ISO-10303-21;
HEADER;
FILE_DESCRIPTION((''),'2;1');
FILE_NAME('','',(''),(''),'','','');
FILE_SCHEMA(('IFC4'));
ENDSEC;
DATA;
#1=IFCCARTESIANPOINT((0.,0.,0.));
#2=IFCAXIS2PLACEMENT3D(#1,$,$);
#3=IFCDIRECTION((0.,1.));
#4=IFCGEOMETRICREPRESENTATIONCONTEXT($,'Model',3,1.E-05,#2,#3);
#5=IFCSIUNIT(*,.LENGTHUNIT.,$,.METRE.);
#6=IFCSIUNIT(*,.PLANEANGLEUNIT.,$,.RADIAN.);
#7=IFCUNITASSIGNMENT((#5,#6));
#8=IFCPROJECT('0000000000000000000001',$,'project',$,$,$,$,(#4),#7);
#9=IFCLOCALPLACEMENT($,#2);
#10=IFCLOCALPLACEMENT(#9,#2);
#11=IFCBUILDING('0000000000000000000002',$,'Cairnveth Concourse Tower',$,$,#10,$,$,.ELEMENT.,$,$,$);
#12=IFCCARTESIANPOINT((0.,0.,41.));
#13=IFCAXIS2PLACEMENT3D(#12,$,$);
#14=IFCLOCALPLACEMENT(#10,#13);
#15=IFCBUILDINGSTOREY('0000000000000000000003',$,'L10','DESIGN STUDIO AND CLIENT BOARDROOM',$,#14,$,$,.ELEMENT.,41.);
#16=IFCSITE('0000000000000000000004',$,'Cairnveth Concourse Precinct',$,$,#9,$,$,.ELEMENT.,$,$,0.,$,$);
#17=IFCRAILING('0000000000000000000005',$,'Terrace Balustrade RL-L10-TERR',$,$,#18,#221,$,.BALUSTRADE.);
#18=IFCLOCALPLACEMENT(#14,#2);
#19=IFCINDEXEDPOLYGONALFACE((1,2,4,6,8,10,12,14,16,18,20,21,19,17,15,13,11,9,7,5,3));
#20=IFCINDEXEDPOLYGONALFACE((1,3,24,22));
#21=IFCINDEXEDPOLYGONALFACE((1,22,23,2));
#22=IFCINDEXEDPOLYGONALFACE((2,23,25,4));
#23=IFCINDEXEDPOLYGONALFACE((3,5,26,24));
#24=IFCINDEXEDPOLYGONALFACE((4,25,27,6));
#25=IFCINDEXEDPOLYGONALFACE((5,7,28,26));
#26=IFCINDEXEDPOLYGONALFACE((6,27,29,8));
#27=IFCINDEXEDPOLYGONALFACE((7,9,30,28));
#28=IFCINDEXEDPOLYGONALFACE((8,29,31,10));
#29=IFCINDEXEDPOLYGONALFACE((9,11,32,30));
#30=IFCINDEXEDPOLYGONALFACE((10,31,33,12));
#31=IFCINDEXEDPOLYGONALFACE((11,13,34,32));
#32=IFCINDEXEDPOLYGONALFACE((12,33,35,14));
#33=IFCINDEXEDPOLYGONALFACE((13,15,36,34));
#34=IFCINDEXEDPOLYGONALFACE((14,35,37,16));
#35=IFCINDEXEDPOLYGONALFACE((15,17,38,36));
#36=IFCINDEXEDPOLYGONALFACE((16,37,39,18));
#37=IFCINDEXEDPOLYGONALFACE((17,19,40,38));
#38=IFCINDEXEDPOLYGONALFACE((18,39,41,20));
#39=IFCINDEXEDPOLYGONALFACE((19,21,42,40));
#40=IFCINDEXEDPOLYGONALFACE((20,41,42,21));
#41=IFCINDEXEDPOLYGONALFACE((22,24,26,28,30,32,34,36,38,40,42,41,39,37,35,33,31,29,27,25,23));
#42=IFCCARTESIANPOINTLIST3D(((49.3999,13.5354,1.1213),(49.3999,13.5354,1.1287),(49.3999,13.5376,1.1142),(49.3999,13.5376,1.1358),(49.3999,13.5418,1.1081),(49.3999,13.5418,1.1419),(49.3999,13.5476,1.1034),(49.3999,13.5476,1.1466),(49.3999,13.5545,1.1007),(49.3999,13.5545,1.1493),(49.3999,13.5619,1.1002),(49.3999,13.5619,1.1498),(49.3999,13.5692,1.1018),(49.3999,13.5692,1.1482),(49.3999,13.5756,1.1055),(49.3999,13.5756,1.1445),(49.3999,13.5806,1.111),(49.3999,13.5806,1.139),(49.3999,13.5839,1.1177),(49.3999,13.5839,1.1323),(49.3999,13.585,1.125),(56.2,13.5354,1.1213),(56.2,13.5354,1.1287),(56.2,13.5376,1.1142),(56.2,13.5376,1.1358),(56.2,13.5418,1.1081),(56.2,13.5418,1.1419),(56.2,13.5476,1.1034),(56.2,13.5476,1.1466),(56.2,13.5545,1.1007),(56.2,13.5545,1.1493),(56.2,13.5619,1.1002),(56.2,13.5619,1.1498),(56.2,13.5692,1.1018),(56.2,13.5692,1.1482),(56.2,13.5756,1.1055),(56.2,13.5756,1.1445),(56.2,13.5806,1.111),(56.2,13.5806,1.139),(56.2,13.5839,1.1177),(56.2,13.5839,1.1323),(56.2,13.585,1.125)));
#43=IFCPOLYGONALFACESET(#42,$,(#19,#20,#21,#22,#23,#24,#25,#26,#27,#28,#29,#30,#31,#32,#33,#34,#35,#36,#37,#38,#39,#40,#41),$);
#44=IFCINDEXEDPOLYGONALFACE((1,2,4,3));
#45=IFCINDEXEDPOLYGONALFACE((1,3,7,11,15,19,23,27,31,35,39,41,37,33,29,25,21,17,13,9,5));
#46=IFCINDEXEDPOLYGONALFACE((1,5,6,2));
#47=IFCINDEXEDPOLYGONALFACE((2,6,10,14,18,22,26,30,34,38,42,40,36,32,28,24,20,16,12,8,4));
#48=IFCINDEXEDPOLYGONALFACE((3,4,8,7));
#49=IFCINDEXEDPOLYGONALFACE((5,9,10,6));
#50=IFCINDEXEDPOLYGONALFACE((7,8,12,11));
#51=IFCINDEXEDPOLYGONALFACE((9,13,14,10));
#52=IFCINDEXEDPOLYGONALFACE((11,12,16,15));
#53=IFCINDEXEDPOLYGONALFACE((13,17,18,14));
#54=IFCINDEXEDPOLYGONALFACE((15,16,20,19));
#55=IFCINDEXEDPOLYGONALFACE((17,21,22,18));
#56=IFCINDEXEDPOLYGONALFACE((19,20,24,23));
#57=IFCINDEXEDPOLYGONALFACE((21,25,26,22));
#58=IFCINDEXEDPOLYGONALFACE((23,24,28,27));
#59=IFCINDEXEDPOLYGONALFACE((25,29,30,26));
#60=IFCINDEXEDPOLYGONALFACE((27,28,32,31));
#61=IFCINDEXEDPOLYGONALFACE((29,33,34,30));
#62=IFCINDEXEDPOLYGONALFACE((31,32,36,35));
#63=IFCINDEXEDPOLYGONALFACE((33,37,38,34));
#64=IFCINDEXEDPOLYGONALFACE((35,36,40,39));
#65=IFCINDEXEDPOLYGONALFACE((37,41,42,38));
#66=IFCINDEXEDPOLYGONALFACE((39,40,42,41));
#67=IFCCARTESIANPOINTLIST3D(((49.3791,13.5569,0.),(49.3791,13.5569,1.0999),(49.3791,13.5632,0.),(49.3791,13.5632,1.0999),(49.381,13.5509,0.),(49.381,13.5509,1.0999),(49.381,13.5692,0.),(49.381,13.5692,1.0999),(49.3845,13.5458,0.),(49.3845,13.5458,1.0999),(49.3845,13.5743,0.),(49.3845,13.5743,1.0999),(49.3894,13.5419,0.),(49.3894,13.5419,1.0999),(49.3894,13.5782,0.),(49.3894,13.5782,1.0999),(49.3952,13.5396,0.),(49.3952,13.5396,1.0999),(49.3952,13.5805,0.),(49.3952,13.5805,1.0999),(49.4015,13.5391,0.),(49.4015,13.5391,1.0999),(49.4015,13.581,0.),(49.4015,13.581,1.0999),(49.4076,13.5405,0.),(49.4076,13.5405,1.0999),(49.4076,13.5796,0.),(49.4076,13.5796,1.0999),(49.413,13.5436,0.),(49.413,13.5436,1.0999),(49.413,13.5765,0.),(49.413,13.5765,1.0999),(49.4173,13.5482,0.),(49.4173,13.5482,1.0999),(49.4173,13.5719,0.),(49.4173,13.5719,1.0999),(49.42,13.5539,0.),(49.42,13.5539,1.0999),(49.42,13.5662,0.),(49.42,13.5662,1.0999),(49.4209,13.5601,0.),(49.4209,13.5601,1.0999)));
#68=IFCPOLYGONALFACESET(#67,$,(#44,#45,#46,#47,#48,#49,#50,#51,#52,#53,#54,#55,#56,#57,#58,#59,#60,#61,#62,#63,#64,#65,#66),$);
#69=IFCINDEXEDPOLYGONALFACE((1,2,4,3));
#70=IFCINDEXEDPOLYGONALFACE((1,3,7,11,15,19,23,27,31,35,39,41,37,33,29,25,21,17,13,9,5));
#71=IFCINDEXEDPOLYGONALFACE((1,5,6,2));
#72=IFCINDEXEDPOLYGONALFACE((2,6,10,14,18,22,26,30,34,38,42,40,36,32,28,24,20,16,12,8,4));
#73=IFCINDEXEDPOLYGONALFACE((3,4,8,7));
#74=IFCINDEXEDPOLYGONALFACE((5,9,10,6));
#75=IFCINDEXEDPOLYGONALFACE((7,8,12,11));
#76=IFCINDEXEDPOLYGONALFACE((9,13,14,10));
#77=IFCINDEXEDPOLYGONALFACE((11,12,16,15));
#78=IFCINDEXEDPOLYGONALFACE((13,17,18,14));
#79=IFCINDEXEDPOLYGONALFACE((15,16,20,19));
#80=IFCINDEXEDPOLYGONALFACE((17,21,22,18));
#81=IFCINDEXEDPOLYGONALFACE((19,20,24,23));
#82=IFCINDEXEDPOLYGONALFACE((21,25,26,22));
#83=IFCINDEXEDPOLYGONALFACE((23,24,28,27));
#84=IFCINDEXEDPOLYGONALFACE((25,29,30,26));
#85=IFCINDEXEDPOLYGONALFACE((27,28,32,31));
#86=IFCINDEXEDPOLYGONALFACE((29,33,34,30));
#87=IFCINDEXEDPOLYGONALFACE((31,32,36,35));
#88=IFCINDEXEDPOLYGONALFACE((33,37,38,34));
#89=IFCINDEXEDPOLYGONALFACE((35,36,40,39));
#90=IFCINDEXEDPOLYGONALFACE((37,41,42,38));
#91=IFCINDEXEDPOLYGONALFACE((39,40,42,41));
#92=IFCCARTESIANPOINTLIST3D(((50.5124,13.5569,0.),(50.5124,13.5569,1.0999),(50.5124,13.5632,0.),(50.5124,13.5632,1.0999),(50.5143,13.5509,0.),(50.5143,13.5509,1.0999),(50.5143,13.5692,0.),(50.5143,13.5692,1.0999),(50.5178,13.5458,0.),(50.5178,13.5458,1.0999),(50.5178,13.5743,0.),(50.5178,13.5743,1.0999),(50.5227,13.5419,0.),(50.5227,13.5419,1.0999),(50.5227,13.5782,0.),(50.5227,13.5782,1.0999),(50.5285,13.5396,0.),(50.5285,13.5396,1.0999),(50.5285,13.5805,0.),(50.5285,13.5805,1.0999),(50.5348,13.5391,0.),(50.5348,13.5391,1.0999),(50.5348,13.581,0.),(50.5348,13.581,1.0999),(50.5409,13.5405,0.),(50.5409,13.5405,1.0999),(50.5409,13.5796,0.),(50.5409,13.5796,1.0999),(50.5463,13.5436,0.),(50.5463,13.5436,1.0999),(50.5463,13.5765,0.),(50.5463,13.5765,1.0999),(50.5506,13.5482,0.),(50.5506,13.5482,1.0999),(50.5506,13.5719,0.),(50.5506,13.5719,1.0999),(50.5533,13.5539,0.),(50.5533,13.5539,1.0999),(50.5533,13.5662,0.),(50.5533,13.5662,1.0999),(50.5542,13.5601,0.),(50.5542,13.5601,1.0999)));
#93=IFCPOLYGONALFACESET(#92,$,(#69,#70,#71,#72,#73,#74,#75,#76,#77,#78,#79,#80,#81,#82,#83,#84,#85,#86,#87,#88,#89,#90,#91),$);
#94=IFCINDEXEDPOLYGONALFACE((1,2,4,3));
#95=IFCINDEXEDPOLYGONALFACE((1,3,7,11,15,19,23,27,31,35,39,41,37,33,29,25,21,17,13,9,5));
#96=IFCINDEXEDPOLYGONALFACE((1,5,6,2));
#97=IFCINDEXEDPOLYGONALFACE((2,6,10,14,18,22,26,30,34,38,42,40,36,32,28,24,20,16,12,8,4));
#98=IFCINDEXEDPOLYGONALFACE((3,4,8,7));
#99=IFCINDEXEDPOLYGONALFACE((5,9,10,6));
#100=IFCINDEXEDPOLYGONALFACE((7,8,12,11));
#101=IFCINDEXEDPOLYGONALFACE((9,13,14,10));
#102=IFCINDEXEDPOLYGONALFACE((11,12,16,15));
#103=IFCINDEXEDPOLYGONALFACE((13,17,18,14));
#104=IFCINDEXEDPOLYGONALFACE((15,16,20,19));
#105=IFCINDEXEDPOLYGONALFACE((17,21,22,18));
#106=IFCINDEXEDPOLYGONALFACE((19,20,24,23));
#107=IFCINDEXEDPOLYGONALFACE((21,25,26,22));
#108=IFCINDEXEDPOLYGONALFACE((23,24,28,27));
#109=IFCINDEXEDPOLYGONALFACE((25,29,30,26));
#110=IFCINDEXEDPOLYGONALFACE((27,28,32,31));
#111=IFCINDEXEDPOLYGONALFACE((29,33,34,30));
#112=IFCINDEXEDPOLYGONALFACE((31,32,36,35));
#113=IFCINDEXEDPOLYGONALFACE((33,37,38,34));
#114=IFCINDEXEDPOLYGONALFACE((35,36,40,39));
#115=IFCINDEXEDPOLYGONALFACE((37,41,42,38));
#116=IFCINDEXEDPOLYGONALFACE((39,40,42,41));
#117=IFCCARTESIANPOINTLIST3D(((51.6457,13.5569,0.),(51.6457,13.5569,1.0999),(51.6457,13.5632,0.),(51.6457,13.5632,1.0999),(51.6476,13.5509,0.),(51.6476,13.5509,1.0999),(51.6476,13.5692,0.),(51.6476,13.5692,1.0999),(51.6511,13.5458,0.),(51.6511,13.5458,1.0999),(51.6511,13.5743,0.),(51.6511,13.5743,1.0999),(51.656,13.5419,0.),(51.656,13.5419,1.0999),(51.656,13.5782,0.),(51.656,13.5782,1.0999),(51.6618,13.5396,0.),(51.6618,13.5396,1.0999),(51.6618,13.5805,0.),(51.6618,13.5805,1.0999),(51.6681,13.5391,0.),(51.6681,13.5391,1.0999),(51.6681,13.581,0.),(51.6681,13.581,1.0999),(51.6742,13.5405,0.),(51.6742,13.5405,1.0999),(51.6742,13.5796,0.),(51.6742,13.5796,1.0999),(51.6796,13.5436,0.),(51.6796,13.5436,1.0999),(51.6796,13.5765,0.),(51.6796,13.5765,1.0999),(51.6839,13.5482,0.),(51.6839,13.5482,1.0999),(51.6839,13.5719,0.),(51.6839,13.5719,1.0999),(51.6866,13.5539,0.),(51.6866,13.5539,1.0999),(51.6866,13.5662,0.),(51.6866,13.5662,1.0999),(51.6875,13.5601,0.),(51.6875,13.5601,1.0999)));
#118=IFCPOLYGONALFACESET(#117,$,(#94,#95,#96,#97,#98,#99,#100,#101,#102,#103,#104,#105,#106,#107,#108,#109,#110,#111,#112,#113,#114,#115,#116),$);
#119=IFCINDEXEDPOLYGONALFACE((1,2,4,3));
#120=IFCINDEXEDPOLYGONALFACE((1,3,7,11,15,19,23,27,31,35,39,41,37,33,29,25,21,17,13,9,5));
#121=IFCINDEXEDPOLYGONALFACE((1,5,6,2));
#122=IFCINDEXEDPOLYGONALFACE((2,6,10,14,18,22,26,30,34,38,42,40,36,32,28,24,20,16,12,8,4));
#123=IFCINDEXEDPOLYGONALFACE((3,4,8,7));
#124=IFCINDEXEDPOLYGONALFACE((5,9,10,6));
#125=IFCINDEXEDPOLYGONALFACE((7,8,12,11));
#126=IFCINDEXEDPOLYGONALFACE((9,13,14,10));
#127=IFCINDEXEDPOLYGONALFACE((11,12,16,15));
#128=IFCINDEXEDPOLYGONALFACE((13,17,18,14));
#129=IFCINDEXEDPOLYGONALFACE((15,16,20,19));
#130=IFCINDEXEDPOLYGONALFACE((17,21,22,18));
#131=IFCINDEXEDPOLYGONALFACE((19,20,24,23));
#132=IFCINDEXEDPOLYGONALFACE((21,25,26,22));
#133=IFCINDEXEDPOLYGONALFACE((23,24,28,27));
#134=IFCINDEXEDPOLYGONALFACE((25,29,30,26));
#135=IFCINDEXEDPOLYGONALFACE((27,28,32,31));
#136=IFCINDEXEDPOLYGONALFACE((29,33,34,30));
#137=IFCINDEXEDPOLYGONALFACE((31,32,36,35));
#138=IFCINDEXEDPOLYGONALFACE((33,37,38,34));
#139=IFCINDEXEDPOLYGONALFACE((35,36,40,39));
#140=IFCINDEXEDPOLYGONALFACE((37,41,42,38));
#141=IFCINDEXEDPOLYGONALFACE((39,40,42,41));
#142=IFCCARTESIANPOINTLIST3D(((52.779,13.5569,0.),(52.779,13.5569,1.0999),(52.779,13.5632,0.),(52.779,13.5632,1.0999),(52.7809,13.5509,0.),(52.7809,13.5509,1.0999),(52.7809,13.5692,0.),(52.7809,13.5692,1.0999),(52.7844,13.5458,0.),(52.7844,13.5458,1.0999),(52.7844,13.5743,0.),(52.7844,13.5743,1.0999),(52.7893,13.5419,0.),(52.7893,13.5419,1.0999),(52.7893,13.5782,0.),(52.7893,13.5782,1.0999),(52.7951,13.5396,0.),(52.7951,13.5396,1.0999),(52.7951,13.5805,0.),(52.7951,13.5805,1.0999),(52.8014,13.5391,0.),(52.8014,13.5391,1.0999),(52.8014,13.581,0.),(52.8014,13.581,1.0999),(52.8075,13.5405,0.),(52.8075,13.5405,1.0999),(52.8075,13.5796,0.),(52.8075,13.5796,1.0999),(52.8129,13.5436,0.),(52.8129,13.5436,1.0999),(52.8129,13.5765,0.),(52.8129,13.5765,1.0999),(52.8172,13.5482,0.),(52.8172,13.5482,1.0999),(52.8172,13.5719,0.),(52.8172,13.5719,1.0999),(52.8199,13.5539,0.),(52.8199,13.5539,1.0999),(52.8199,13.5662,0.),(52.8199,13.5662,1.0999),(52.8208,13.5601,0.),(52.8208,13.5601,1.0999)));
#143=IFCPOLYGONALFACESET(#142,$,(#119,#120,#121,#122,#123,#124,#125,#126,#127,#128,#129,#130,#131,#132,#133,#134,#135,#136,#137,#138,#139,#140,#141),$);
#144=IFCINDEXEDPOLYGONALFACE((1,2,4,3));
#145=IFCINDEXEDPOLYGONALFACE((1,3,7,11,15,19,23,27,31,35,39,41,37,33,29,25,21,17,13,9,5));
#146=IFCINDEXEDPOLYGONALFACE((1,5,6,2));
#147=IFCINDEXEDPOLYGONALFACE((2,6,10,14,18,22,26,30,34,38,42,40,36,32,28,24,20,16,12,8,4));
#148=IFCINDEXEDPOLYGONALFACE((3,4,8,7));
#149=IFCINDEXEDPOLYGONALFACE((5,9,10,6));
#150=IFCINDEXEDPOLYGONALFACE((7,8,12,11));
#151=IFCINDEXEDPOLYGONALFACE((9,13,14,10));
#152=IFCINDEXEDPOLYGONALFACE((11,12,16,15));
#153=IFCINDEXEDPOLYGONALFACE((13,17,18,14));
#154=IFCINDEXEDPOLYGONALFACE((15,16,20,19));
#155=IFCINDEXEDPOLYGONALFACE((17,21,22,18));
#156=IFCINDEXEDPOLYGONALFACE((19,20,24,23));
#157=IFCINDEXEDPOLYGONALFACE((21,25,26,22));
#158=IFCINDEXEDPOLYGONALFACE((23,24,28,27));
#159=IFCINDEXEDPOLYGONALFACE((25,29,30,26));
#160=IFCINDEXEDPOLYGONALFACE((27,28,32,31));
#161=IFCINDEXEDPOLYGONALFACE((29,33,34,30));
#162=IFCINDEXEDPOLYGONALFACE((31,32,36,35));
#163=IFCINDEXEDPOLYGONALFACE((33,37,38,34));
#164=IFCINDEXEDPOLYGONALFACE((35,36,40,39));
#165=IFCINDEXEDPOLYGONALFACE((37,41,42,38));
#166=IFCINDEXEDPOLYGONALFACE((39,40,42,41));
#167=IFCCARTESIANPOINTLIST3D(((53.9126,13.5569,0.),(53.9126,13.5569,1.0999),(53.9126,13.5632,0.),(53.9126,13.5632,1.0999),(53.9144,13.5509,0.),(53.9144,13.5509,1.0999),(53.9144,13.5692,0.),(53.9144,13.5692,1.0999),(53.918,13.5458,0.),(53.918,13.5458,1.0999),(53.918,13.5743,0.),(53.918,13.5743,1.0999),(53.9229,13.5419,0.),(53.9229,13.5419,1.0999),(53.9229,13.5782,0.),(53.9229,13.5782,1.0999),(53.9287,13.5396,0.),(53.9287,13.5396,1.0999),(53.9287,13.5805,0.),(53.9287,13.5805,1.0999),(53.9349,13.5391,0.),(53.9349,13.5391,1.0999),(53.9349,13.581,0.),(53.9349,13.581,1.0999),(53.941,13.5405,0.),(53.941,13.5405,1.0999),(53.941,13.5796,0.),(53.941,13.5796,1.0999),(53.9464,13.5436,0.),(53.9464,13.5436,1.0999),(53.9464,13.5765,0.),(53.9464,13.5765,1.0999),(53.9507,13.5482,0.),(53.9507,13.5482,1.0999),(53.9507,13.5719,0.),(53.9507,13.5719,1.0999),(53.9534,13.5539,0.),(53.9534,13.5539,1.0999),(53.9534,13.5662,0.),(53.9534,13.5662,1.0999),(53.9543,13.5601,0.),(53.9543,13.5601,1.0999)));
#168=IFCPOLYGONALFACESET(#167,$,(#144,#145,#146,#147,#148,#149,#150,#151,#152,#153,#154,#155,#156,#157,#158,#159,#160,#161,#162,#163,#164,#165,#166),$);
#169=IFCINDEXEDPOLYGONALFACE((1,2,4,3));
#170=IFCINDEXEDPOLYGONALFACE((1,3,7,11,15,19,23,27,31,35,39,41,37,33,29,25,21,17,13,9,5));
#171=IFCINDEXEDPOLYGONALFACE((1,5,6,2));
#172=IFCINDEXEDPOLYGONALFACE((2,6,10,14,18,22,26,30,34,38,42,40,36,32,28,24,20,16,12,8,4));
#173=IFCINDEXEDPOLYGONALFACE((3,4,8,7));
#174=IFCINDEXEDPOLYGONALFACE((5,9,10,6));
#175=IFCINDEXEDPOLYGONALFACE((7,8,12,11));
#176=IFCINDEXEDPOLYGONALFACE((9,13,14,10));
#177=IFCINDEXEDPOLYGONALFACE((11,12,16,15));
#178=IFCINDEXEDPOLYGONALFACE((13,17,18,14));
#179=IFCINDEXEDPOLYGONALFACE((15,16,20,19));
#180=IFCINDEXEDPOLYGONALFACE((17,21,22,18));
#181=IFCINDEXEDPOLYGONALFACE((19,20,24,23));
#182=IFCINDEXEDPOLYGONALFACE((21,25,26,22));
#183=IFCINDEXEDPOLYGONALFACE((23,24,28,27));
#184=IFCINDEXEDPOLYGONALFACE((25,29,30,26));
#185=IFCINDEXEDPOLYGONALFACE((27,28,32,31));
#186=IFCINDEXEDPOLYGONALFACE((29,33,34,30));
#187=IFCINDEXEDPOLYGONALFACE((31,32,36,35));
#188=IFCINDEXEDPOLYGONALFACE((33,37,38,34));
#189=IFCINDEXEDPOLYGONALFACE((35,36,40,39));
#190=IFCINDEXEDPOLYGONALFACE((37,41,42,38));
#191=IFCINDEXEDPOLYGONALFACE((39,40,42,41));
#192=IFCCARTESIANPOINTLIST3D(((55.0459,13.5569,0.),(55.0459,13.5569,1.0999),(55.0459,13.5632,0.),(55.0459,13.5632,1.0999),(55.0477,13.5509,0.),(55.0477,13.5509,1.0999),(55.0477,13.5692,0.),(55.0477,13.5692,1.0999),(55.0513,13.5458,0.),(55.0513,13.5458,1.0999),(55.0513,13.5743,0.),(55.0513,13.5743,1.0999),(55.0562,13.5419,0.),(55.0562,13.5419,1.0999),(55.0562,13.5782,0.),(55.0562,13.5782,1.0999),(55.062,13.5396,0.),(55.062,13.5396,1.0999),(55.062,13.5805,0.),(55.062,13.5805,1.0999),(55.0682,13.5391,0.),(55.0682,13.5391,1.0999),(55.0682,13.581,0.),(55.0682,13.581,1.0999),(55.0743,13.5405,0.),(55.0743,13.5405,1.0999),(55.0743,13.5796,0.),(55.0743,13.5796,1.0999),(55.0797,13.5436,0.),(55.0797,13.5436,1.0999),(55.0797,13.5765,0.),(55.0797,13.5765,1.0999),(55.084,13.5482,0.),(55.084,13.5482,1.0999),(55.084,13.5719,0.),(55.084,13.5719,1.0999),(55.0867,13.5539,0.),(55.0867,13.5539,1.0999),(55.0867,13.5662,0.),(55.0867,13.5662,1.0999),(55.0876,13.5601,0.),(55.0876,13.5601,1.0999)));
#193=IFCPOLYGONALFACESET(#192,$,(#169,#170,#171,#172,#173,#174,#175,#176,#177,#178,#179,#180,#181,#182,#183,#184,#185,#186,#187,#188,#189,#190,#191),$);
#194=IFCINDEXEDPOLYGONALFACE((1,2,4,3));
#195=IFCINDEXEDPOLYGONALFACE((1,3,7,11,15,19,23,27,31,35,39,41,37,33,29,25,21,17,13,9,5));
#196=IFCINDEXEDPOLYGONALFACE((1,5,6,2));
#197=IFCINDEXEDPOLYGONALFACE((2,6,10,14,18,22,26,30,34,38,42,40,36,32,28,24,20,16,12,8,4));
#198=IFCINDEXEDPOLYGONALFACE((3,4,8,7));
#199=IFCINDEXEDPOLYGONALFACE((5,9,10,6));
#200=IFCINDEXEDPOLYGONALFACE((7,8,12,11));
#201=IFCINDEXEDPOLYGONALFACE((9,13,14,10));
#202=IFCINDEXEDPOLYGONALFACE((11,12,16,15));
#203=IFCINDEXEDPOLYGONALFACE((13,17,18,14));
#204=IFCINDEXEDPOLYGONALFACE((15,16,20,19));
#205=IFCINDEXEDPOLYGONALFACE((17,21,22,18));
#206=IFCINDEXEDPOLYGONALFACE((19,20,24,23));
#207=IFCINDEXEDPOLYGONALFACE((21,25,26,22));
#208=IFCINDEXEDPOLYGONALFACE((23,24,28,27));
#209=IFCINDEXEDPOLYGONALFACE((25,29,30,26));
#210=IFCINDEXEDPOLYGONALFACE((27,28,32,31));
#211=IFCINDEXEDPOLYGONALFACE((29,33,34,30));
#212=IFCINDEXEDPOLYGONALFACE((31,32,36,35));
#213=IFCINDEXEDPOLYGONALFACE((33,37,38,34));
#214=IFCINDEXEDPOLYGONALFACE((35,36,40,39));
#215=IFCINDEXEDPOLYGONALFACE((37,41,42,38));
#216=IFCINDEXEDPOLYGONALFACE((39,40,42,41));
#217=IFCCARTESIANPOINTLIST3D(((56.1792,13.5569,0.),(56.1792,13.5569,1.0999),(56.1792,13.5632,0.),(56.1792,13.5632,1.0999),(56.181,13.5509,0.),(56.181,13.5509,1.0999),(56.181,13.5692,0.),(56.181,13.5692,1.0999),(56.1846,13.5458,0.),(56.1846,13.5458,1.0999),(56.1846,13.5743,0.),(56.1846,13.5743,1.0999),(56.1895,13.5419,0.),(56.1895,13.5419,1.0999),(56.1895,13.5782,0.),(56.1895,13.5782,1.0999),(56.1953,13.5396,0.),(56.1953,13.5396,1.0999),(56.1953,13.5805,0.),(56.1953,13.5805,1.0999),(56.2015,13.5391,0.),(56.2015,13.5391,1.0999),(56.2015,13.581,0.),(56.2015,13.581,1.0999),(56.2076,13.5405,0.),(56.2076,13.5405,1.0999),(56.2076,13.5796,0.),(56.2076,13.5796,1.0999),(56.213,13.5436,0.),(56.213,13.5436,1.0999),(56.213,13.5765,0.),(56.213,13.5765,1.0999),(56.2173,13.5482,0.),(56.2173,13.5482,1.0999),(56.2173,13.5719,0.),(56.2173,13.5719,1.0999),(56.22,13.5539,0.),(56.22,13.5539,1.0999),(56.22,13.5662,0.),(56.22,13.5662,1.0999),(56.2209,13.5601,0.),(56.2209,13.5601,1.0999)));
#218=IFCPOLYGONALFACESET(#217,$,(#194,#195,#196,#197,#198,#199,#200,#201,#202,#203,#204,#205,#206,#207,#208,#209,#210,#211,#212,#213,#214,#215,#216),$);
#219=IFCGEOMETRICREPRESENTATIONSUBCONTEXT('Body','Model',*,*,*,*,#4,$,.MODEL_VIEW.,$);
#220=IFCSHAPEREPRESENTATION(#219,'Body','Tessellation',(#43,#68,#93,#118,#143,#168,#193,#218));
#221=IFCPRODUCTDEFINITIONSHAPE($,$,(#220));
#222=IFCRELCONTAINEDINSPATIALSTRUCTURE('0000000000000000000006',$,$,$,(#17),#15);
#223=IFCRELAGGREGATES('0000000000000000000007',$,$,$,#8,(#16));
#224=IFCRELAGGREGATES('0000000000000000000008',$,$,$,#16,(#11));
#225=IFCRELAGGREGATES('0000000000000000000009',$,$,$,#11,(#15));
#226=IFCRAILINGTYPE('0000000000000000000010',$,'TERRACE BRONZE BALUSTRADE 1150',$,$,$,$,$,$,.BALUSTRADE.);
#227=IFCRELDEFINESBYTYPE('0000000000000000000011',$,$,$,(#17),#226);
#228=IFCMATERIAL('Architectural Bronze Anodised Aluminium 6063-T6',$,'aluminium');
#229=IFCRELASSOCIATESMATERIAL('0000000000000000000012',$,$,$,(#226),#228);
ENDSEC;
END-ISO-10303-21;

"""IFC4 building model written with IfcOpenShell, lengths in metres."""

from ifc_helpers import new_model, si_unit, direction, frame, origin, origin_2d, place, context, subcontext, project, spatial, circle, extrude, material, type_object, element, save


model = new_model("IFC4")

# Units and contexts
model_context = context("Model", 3, precision=1e-05, world=origin(), true_north=direction((0.0, 1.0)))
body_context = subcontext(model_context, "Body", "Model", "MODEL_VIEW")
ifc_project = project(units=[si_unit("LENGTHUNIT", "METRE"), si_unit("PLANEANGLEUNIT", "RADIAN")], contexts=[model_context])

# Site, building, storey
site_placement = place(None, origin())
site = spatial("IfcSite", under=ifc_project, at=site_placement, Name="Cairnveth Concourse Precinct", CompositionType="ELEMENT", RefElevation=0.0)
building_placement = place(site_placement, origin())
building = spatial("IfcBuilding", under=site, at=building_placement, Name="Cairnveth Concourse Tower", CompositionType="ELEMENT")
storey_placement = place(building_placement, frame((0.0, 0.0, 41.0)))
storey = spatial("IfcBuildingStorey", under=building, at=storey_placement, Name="L10", Description="DESIGN STUDIO AND CLIENT BOARDROOM", CompositionType="ELEMENT", Elevation=41.0)

# Shared definitions
ifc_material_1 = material(Name="Architectural Bronze Anodised Aluminium 6063-T6", Category="aluminium")

# Railing
railing_type = type_object("IfcRailingType", Name="TERRACE BRONZE BALUSTRADE 1150", PredefinedType="BALUSTRADE", material=ifc_material_1)
railing_placement = place(storey_placement, frame((49.3999, 13.5601, 0.0)))
element("IfcRailing", 1, at=railing_placement, inside=storey, type_object=railing_type, Name="Terrace Balustrade RL-L10-TERR", PredefinedType="BALUSTRADE", context=body_context, shape_type="SweptSolid", body=[
    extrude(circle(Radius=0.0249, at=origin_2d()), frame((0.0, 0.0, 1.125), z_axis=(1.0, 0.0, 0.0), x_axis=(0.0, 1.0, 0.0)), (0.0, 0.0, 1.0), 6.8),
    extrude(circle(Radius=0.021, at=origin_2d()), origin(), (0.0, 0.0, 1.0), 1.0999),
    extrude(circle(Radius=0.021, at=origin_2d()), frame((1.1333, 0.0, 0.0)), (0.0, 0.0, 1.0), 1.0999),
    extrude(circle(Radius=0.021, at=origin_2d()), frame((2.2666, 0.0, 0.0)), (0.0, 0.0, 1.0), 1.0999),
    extrude(circle(Radius=0.021, at=origin_2d()), frame((3.3999, 0.0, 0.0)), (0.0, 0.0, 1.0), 1.0999),
    extrude(circle(Radius=0.021, at=origin_2d()), frame((4.5334, 0.0, 0.0)), (0.0, 0.0, 1.0), 1.0999),
    extrude(circle(Radius=0.021, at=origin_2d()), frame((5.6667, 0.0, 0.0)), (0.0, 0.0, 1.0), 1.0999),
    extrude(circle(Radius=0.021, at=origin_2d()), frame((6.8, 0.0, 0.0)), (0.0, 0.0, 1.0), 1.0999),
])

save(model, "model.ifc")
